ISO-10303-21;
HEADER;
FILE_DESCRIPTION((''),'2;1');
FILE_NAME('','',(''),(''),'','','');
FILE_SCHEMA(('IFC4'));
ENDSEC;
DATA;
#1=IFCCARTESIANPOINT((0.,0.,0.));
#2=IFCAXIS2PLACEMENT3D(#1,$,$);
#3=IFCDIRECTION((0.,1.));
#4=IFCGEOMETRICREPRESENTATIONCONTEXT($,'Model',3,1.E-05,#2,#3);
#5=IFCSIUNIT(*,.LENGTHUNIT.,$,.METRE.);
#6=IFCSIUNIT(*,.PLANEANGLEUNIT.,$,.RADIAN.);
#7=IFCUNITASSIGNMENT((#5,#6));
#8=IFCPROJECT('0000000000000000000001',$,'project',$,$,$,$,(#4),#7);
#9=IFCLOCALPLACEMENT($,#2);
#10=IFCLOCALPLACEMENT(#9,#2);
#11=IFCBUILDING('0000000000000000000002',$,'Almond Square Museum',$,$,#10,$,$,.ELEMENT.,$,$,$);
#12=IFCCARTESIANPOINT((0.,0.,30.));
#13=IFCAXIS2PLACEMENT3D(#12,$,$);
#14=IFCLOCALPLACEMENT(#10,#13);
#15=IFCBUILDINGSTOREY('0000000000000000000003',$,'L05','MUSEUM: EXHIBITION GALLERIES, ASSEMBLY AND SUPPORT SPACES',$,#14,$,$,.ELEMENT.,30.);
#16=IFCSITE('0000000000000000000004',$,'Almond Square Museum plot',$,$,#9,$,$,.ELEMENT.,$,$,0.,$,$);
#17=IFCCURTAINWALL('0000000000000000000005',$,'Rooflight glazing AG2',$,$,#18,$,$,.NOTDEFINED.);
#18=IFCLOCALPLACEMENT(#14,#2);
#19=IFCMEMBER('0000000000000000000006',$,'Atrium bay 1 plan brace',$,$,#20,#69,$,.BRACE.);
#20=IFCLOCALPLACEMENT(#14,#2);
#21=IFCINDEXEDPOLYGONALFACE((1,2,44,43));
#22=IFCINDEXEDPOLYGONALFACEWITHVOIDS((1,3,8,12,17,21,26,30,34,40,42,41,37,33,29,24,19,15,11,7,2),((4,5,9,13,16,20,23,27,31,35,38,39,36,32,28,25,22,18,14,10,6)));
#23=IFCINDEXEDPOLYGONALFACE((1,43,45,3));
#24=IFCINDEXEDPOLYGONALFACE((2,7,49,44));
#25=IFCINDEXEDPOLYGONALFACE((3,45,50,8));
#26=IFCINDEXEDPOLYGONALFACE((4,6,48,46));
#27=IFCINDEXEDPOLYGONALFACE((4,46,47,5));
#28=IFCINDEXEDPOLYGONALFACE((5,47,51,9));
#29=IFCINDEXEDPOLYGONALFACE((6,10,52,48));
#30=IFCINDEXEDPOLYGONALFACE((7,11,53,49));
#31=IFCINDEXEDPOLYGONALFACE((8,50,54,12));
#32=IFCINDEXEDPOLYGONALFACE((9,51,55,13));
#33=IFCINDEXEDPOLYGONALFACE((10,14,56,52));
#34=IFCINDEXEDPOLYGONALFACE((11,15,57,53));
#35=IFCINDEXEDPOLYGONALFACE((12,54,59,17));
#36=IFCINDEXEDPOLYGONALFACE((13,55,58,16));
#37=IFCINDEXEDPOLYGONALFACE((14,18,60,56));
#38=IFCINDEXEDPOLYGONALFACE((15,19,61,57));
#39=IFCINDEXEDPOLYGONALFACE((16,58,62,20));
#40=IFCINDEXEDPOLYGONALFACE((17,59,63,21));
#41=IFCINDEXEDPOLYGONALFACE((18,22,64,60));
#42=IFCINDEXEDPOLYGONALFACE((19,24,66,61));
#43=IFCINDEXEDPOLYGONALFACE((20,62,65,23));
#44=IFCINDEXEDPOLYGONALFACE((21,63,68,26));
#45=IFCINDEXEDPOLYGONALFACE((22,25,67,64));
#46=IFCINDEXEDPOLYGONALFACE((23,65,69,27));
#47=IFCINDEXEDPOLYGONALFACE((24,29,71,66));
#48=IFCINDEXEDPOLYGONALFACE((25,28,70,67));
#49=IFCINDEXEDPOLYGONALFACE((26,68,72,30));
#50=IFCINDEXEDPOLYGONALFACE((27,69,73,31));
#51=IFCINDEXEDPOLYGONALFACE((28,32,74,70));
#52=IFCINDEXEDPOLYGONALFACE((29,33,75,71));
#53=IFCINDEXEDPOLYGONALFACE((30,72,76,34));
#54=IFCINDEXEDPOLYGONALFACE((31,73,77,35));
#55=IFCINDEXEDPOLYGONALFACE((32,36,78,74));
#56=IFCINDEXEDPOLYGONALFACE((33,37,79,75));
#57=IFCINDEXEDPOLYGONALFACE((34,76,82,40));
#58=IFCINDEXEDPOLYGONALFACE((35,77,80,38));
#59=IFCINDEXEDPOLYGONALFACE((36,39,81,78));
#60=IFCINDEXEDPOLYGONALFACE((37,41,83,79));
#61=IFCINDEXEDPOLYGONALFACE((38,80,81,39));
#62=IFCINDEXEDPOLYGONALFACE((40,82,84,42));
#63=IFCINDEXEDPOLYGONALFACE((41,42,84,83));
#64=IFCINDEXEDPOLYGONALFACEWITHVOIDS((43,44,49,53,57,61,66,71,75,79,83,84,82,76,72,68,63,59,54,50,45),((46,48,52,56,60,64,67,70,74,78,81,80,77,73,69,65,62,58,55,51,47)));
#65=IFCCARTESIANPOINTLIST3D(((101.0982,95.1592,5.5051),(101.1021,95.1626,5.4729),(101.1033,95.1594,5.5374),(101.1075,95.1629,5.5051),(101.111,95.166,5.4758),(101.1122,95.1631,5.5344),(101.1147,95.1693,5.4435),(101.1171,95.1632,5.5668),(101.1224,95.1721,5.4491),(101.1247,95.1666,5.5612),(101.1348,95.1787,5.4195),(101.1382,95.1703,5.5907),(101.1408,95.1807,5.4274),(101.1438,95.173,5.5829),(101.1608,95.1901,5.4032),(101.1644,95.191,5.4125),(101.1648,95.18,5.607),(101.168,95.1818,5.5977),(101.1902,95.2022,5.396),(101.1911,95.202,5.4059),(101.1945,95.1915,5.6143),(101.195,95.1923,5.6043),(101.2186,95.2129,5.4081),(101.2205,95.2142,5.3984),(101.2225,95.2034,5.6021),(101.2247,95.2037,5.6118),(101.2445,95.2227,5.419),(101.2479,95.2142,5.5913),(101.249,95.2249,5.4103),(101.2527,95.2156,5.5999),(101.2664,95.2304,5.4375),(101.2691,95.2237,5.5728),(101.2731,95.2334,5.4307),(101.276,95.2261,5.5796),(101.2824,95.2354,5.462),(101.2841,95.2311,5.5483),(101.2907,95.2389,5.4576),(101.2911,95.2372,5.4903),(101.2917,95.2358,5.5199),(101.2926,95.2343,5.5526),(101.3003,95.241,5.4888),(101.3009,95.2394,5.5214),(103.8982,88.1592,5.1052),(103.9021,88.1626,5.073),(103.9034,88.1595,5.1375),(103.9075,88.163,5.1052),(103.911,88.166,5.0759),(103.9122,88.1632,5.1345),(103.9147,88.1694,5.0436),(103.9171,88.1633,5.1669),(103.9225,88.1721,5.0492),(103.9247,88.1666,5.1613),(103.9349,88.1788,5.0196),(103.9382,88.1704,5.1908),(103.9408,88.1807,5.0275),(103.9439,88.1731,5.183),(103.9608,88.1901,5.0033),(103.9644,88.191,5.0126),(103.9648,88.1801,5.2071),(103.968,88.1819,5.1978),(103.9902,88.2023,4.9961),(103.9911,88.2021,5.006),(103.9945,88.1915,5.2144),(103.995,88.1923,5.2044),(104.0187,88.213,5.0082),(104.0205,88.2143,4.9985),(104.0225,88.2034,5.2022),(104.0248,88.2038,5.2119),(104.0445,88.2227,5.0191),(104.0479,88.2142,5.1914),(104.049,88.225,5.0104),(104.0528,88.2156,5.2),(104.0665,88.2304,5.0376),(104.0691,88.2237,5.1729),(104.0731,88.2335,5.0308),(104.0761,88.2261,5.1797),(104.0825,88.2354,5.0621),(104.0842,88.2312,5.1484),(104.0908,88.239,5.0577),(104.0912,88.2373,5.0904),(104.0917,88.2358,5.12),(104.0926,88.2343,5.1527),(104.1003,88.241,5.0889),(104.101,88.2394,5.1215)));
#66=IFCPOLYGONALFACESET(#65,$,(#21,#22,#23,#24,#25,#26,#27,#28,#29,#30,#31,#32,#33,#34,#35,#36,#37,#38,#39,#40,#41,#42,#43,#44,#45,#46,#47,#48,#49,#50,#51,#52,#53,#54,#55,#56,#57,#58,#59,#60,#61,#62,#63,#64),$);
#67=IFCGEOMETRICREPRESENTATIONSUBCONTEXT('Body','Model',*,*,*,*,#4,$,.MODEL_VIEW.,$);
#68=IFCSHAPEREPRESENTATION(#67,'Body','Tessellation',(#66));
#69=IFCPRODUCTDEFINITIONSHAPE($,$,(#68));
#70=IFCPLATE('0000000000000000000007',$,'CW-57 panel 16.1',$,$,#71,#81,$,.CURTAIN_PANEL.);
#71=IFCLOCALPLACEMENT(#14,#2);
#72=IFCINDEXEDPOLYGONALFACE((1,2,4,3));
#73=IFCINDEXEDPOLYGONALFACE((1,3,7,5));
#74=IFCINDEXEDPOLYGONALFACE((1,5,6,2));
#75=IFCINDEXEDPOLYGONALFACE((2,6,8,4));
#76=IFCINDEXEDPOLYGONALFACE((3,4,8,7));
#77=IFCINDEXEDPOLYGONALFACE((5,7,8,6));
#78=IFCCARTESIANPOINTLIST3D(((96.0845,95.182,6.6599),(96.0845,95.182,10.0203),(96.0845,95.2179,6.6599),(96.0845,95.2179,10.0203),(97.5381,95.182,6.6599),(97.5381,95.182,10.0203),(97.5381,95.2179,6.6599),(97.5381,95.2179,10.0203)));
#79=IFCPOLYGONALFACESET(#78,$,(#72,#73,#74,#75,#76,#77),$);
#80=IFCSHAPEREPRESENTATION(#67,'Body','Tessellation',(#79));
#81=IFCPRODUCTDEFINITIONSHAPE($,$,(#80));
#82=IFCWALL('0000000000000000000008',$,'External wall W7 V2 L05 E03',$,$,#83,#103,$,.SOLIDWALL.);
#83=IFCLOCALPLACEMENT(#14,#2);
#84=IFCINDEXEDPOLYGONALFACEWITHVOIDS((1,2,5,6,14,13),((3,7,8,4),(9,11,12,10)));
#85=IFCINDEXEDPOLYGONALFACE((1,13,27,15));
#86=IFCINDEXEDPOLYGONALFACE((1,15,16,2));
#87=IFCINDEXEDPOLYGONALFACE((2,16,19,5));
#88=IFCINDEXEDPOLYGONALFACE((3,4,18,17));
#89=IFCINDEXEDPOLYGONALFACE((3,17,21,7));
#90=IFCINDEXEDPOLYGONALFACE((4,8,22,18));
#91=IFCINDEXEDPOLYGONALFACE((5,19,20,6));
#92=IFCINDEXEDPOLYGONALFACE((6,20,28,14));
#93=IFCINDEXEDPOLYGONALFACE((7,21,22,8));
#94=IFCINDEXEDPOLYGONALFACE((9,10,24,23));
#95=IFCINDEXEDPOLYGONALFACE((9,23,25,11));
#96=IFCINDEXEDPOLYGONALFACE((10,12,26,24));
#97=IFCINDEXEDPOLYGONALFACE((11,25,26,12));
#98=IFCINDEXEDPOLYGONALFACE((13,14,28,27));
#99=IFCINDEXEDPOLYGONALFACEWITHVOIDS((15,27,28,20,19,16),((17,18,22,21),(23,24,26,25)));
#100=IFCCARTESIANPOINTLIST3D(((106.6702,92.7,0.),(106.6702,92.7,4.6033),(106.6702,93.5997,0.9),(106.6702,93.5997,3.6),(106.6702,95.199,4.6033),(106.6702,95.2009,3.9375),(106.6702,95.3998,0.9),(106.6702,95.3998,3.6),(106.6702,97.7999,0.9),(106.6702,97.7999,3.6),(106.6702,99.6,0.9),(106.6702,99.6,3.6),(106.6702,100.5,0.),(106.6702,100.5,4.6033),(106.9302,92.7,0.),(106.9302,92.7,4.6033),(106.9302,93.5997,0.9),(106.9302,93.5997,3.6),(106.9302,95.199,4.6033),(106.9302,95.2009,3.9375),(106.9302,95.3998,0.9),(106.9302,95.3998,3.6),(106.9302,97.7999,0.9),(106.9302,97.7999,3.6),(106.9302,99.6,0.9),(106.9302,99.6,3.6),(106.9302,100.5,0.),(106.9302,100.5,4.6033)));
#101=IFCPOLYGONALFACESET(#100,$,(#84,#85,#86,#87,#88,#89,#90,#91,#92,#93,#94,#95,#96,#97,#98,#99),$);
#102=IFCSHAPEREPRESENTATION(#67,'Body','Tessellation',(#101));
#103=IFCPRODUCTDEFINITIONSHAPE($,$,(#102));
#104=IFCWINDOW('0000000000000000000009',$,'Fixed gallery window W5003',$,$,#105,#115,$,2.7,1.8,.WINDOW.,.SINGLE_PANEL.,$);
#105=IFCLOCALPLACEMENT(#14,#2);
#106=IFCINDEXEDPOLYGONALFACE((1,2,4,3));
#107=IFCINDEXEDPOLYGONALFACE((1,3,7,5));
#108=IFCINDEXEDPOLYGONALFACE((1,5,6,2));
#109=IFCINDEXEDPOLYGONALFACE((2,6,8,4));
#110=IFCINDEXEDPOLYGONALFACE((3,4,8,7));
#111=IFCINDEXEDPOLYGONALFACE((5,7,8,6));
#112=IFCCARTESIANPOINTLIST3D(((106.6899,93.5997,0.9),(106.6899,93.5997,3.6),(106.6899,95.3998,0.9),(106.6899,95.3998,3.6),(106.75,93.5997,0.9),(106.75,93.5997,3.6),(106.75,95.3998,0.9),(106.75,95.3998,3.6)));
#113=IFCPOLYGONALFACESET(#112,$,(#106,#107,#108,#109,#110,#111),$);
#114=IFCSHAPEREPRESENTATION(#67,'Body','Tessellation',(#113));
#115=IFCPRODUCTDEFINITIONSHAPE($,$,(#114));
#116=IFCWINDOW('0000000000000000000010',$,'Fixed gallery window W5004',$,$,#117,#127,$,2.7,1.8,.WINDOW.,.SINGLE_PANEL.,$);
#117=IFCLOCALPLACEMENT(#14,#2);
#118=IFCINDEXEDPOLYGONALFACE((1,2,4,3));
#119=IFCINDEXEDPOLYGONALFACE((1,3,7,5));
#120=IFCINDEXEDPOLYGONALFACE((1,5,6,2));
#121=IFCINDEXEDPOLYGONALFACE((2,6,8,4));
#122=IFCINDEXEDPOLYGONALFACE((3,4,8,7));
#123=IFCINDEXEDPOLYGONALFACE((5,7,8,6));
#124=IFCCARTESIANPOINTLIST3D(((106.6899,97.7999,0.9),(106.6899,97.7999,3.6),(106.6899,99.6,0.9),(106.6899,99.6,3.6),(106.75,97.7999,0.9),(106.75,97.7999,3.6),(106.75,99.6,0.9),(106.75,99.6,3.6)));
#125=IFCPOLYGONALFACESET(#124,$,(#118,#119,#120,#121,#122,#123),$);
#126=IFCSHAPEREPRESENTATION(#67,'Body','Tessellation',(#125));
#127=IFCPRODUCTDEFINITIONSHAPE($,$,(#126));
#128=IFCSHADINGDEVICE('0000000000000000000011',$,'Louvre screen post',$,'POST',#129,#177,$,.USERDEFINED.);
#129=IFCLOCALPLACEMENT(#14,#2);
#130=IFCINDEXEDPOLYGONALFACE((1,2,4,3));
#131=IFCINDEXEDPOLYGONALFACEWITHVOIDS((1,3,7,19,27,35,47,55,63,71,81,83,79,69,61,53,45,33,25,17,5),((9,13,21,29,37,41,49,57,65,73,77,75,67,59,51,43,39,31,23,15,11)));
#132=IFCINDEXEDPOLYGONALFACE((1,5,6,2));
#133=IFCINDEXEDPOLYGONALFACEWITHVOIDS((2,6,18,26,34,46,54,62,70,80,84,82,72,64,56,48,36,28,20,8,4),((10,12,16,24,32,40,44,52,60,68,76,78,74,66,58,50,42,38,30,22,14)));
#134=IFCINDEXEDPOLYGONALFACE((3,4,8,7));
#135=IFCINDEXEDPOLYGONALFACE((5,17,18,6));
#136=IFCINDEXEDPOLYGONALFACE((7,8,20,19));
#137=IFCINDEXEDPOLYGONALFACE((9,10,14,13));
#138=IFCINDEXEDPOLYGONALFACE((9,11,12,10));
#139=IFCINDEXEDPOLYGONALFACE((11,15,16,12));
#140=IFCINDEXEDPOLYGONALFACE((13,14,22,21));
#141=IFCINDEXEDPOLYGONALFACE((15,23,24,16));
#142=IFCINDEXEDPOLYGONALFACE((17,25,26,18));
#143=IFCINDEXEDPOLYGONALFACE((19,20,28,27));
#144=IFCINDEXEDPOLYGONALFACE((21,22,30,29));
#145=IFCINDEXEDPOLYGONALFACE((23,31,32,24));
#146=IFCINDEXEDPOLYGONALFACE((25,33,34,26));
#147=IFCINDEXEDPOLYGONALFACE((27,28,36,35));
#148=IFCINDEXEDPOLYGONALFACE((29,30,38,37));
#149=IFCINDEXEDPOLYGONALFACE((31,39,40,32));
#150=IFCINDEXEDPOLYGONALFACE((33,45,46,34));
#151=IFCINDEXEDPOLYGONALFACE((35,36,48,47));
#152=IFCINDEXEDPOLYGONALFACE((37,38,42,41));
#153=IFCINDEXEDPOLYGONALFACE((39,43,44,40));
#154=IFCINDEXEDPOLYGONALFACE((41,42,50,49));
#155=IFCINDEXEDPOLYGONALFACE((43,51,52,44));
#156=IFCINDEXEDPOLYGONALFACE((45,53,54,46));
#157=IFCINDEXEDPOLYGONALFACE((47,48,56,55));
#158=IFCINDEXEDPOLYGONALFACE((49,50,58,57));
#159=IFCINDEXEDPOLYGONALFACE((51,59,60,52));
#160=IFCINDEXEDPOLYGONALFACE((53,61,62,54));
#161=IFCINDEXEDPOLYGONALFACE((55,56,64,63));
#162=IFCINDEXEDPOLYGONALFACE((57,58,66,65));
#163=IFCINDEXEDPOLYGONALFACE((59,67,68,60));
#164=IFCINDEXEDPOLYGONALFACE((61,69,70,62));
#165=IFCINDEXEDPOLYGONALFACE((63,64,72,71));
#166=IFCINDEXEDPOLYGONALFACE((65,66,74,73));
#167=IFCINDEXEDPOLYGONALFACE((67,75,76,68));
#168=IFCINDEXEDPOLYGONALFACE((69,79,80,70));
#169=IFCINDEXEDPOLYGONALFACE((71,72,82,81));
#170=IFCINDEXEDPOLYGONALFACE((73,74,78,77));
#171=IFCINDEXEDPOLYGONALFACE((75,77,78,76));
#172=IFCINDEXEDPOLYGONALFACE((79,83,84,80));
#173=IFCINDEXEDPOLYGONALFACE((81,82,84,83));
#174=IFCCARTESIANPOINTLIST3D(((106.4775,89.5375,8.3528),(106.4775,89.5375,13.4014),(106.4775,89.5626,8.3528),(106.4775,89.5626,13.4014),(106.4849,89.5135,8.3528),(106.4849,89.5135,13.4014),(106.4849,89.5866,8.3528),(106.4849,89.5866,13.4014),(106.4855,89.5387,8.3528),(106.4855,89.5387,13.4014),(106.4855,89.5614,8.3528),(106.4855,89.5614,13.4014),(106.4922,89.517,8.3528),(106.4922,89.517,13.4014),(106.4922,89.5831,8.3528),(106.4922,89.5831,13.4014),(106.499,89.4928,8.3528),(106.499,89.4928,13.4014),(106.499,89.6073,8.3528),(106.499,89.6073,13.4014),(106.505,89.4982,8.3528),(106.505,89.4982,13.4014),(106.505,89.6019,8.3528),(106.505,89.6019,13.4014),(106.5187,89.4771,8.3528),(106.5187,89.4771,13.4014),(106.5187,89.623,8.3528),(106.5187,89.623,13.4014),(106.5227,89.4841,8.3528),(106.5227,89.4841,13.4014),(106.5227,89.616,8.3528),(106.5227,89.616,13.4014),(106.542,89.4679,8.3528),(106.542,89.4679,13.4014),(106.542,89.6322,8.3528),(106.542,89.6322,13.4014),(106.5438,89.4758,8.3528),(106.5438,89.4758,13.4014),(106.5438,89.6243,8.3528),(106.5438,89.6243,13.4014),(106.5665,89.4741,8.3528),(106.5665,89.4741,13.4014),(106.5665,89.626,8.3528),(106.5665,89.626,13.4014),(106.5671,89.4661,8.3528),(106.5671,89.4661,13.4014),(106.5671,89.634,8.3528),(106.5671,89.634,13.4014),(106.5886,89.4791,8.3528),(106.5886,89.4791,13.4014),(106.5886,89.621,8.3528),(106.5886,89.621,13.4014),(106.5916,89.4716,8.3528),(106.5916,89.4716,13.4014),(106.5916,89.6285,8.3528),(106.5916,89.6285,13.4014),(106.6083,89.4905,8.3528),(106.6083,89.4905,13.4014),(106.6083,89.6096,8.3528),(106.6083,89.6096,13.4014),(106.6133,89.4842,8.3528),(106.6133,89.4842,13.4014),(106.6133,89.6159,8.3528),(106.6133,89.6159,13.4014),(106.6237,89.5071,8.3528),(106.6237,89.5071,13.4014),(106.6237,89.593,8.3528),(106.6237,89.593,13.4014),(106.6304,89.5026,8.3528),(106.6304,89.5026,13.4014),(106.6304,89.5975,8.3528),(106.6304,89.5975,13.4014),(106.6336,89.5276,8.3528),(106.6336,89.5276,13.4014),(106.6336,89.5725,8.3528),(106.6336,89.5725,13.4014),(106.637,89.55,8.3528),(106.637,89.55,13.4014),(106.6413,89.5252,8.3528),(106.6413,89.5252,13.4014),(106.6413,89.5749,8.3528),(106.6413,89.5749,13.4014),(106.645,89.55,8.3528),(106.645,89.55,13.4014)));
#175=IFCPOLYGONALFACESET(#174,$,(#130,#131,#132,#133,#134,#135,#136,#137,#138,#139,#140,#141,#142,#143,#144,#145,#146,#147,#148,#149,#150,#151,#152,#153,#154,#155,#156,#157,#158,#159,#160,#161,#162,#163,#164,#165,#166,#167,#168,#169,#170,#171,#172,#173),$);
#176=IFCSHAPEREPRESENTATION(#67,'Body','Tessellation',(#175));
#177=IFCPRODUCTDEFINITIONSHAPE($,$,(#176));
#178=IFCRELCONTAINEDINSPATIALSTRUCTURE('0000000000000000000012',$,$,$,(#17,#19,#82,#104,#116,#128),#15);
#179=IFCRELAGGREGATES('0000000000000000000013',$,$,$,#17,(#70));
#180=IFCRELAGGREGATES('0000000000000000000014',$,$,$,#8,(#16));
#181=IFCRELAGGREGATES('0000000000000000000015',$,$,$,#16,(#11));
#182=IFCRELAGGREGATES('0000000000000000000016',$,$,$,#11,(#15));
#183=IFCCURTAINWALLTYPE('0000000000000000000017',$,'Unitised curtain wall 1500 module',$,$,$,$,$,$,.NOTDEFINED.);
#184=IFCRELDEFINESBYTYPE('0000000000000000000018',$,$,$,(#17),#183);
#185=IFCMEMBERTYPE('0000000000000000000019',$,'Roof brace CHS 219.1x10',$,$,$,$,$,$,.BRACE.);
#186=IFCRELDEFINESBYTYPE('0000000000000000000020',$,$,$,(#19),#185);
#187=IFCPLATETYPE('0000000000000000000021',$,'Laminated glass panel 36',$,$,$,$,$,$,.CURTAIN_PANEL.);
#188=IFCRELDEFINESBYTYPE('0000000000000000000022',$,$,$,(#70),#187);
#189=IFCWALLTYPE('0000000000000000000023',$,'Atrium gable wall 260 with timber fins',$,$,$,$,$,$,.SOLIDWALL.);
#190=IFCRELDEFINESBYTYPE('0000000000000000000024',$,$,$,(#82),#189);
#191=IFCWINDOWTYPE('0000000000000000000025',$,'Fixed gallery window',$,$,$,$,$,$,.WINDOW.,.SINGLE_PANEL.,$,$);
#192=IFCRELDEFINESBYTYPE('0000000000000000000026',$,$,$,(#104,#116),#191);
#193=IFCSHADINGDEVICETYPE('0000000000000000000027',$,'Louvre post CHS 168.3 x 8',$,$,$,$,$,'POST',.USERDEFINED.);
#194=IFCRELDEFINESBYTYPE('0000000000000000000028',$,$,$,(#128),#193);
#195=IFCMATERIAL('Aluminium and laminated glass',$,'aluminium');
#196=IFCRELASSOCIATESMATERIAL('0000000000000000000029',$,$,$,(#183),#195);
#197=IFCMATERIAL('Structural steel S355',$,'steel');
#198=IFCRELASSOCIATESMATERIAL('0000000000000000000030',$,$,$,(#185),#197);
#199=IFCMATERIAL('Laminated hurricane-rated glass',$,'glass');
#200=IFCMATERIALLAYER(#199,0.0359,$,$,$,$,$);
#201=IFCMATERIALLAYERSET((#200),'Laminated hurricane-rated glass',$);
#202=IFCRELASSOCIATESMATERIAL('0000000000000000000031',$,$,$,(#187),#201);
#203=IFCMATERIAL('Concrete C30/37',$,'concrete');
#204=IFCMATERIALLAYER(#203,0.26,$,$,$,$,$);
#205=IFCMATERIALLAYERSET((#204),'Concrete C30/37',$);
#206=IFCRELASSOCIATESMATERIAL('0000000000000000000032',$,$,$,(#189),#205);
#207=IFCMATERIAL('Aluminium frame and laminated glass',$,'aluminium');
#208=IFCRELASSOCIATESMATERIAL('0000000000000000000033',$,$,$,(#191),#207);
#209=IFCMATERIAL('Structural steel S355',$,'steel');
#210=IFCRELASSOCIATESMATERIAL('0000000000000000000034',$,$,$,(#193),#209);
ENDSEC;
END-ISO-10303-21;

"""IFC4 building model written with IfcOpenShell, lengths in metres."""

from ifc_helpers import new_model, si_unit, direction, frame, frame_2d, origin, origin_2d, place, context, subcontext, project, spatial, polyline, rectangle, hollow_circle, outline, extrude, material, layer, layer_set, material_profile, profile_set, type_object, element, fill, aggregate, save


model = new_model("IFC4")

# Units and contexts
model_context = context("Model", 3, precision=1e-05, world=origin(), true_north=direction((0.0, 1.0)))
body_context = subcontext(model_context, "Body", "Model", "MODEL_VIEW")
ifc_project = project(units=[si_unit("LENGTHUNIT", "METRE"), si_unit("PLANEANGLEUNIT", "RADIAN")], contexts=[model_context])

# Site, building, storey
site_placement = place(None, origin())
site = spatial("IfcSite", under=ifc_project, at=site_placement, Name="Almond Square Museum plot", CompositionType="ELEMENT", RefElevation=0.0)
building_placement = place(site_placement, origin())
building = spatial("IfcBuilding", under=site, at=building_placement, Name="Almond Square Museum", CompositionType="ELEMENT")
storey_placement = place(building_placement, frame((0.0, 0.0, 30.0)))
storey = spatial("IfcBuildingStorey", under=building, at=storey_placement, Name="L05", Description="MUSEUM: EXHIBITION GALLERIES, ASSEMBLY AND SUPPORT SPACES", CompositionType="ELEMENT", Elevation=30.0)

# Curtain wall
ifc_material_1 = material(Name="Aluminium and laminated glass", Category="aluminium")
curtain_wall_type = type_object("IfcCurtainWallType", Name="Unitised curtain wall 1500 module", PredefinedType="NOTDEFINED", material=ifc_material_1)
curtain_wall_placement = place(storey_placement, origin())
curtain_wall = element("IfcCurtainWall", 1, at=curtain_wall_placement, inside=storey, type_object=curtain_wall_type, Name="Rooflight glazing AG2", PredefinedType="NOTDEFINED")

# Member
ifc_material_2 = material(Name="Structural steel S355", Category="steel")
ifc_material_profile_1 = material_profile(ifc_material_2, hollow_circle(Radius=0.1096, WallThickness=0.01, at=origin_2d()))
ifc_profile_set_1 = profile_set([ifc_material_profile_1], Name="Structural steel S355")
member_type_1 = type_object("IfcMemberType", Name="Roof brace CHS 219.1x10", PredefinedType="BRACE", material=ifc_profile_set_1)
member_1_placement = place(storey_placement, frame((104.0, 88.2, 5.1052), z_axis=(-0.370875, 0.927171, 0.052968), x_axis=(-0.928474, -0.371396, 0.0)))
element("IfcMember", 2, at=member_1_placement, inside=storey, type_object=member_type_1, Name="Atrium bay 1 plan brace", PredefinedType="BRACE", context=body_context, shape_type="SweptSolid", body=[
    extrude(hollow_circle(Radius=0.1096, WallThickness=0.01, at=origin_2d()), origin(), (0.0, 0.0, 1.0), 7.5498),
])

# Plate
ifc_material_3 = material(Name="Laminated hurricane-rated glass", Category="glass")
ifc_layer_1 = layer(ifc_material_3, 0.0359)
ifc_layer_set_1 = layer_set([ifc_layer_1], Name="Laminated hurricane-rated glass")
plate_type = type_object("IfcPlateType", Name="Laminated glass panel 36", PredefinedType="CURTAIN_PANEL", material=ifc_layer_set_1)
plate_placement = place(storey_placement, frame((96.8113, 95.2, 6.6599), z_axis=(0.0, 0.0, 1.0), x_axis=(1.0, 0.0, 0.0)))
plate = element("IfcPlate", 3, at=plate_placement, type_object=plate_type, Name="CW-57 panel 16.1", PredefinedType="CURTAIN_PANEL", context=body_context, shape_type="SweptSolid", body=[
    extrude(rectangle(XDim=1.4536, YDim=0.0359, at=origin_2d()), origin(), (0.0, 0.0, 1.0), 3.3604),
])
aggregate(curtain_wall, [plate])

# Wall, openings, windows
ifc_material_4 = material(Name="Concrete C30/37", Category="concrete")
ifc_layer_2 = layer(ifc_material_4, 0.26)
ifc_layer_set_2 = layer_set([ifc_layer_2], Name="Concrete C30/37")
wall_type = type_object("IfcWallType", Name="Atrium gable wall 260 with timber fins", PredefinedType="SOLIDWALL", material=ifc_layer_set_2)
wall_placement = place(storey_placement, frame((106.8, 92.7, 0.0), z_axis=(0.0, 0.0, 1.0), x_axis=(0.0, 1.0, 0.0)))
wall = element("IfcWall", 4, at=wall_placement, inside=storey, type_object=wall_type, Name="External wall W7 V2 L05 E03", PredefinedType="SOLIDWALL", context=body_context, shape_type="SweptSolid", body=[
    extrude(outline(polyline([(0.0, 0.0), (7.8, 0.0), (7.8, 4.6033), (2.501, 3.9375), (2.499, 4.6033), (0.0, 4.6033), (0.0, 0.0)])), frame((0.0, 0.1299, 0.0), z_axis=(0.0, -1.0, 0.0), x_axis=(1.0, 0.0, 0.0)), (0.0, 0.0, 1.0), 0.26),
])
opening_1_placement = place(wall_placement, frame((0.8999, 0.0, 0.8999)))
opening_1 = element("IfcOpeningElement", 5, at=opening_1_placement, cuts=wall, PredefinedType="OPENING", context=body_context, shape_type="SweptSolid", body=[
    extrude(rectangle(XDim=1.8, YDim=2.7, at=frame_2d((0.8999, 1.3501))), frame((0.0, 0.1399, 0.0), z_axis=(0.0, -1.0, 0.0), x_axis=(1.0, 0.0, 0.0)), (0.0, 0.0, 1.0), 0.28),
])
opening_2_placement = place(wall_placement, frame((5.1001, 0.0, 0.8999)))
opening_2 = element("IfcOpeningElement", 6, at=opening_2_placement, cuts=wall, PredefinedType="OPENING", context=body_context, shape_type="SweptSolid", body=[
    extrude(rectangle(XDim=1.8, YDim=2.7, at=frame_2d((0.8999, 1.3501))), frame((0.0, 0.1399, 0.0), z_axis=(0.0, -1.0, 0.0), x_axis=(1.0, 0.0, 0.0)), (0.0, 0.0, 1.0), 0.28),
])
ifc_material_5 = material(Name="Aluminium frame and laminated glass", Category="aluminium")
window_type = type_object("IfcWindowType", Name="Fixed gallery window", PartitioningType="SINGLE_PANEL", PredefinedType="WINDOW", material=ifc_material_5)
window_1_placement = place(opening_1_placement, origin())
window_1 = element("IfcWindow", 7, at=window_1_placement, inside=storey, type_object=window_type, Name="Fixed gallery window W5003", OverallHeight=2.7, OverallWidth=1.8, PartitioningType="SINGLE_PANEL", PredefinedType="WINDOW", context=body_context, shape_type="SweptSolid", body=[
    extrude(rectangle(XDim=1.8, YDim=2.7, at=frame_2d((0.8999, 1.3501))), frame((0.0, 0.1101, 0.0), z_axis=(0.0, -1.0, 0.0), x_axis=(1.0, 0.0, 0.0)), (0.0, 0.0, 1.0), 0.0601),
])
fill(opening_1, window_1)
window_2_placement = place(opening_2_placement, origin())
window_2 = element("IfcWindow", 8, at=window_2_placement, inside=storey, type_object=window_type, Name="Fixed gallery window W5004", OverallHeight=2.7, OverallWidth=1.8, PartitioningType="SINGLE_PANEL", PredefinedType="WINDOW", context=body_context, shape_type="SweptSolid", body=[
    extrude(rectangle(XDim=1.8, YDim=2.7, at=frame_2d((0.8999, 1.3501))), frame((0.0, 0.1101, 0.0), z_axis=(0.0, -1.0, 0.0), x_axis=(1.0, 0.0, 0.0)), (0.0, 0.0, 1.0), 0.0601),
])
fill(opening_2, window_2)

# Shading device
ifc_material_6 = material(Name="Structural steel S355", Category="steel")
ifc_material_profile_2 = material_profile(ifc_material_6, hollow_circle(Radius=0.0842, WallThickness=0.0081, at=origin_2d()))
ifc_profile_set_2 = profile_set([ifc_material_profile_2], Name="Structural steel S355")
shading_device_type = type_object("IfcShadingDeviceType", Name="Louvre post CHS 168.3 x 8", ElementType="POST", PredefinedType="USERDEFINED", material=ifc_profile_set_2)
shading_device_1_placement = place(storey_placement, frame((106.5608, 89.55, 8.3528), z_axis=(0.0, 0.0, 1.0), x_axis=(1.0, 0.0, 0.0)))
element("IfcShadingDevice", 9, at=shading_device_1_placement, inside=storey, type_object=shading_device_type, Name="Louvre screen post", ObjectType="POST", PredefinedType="USERDEFINED", context=body_context, shape_type="SweptSolid", body=[
    extrude(hollow_circle(Radius=0.0842, WallThickness=0.0081, at=origin_2d()), origin(), (0.0, 0.0, 1.0), 5.0486),
])

save(model, "model.ifc")
